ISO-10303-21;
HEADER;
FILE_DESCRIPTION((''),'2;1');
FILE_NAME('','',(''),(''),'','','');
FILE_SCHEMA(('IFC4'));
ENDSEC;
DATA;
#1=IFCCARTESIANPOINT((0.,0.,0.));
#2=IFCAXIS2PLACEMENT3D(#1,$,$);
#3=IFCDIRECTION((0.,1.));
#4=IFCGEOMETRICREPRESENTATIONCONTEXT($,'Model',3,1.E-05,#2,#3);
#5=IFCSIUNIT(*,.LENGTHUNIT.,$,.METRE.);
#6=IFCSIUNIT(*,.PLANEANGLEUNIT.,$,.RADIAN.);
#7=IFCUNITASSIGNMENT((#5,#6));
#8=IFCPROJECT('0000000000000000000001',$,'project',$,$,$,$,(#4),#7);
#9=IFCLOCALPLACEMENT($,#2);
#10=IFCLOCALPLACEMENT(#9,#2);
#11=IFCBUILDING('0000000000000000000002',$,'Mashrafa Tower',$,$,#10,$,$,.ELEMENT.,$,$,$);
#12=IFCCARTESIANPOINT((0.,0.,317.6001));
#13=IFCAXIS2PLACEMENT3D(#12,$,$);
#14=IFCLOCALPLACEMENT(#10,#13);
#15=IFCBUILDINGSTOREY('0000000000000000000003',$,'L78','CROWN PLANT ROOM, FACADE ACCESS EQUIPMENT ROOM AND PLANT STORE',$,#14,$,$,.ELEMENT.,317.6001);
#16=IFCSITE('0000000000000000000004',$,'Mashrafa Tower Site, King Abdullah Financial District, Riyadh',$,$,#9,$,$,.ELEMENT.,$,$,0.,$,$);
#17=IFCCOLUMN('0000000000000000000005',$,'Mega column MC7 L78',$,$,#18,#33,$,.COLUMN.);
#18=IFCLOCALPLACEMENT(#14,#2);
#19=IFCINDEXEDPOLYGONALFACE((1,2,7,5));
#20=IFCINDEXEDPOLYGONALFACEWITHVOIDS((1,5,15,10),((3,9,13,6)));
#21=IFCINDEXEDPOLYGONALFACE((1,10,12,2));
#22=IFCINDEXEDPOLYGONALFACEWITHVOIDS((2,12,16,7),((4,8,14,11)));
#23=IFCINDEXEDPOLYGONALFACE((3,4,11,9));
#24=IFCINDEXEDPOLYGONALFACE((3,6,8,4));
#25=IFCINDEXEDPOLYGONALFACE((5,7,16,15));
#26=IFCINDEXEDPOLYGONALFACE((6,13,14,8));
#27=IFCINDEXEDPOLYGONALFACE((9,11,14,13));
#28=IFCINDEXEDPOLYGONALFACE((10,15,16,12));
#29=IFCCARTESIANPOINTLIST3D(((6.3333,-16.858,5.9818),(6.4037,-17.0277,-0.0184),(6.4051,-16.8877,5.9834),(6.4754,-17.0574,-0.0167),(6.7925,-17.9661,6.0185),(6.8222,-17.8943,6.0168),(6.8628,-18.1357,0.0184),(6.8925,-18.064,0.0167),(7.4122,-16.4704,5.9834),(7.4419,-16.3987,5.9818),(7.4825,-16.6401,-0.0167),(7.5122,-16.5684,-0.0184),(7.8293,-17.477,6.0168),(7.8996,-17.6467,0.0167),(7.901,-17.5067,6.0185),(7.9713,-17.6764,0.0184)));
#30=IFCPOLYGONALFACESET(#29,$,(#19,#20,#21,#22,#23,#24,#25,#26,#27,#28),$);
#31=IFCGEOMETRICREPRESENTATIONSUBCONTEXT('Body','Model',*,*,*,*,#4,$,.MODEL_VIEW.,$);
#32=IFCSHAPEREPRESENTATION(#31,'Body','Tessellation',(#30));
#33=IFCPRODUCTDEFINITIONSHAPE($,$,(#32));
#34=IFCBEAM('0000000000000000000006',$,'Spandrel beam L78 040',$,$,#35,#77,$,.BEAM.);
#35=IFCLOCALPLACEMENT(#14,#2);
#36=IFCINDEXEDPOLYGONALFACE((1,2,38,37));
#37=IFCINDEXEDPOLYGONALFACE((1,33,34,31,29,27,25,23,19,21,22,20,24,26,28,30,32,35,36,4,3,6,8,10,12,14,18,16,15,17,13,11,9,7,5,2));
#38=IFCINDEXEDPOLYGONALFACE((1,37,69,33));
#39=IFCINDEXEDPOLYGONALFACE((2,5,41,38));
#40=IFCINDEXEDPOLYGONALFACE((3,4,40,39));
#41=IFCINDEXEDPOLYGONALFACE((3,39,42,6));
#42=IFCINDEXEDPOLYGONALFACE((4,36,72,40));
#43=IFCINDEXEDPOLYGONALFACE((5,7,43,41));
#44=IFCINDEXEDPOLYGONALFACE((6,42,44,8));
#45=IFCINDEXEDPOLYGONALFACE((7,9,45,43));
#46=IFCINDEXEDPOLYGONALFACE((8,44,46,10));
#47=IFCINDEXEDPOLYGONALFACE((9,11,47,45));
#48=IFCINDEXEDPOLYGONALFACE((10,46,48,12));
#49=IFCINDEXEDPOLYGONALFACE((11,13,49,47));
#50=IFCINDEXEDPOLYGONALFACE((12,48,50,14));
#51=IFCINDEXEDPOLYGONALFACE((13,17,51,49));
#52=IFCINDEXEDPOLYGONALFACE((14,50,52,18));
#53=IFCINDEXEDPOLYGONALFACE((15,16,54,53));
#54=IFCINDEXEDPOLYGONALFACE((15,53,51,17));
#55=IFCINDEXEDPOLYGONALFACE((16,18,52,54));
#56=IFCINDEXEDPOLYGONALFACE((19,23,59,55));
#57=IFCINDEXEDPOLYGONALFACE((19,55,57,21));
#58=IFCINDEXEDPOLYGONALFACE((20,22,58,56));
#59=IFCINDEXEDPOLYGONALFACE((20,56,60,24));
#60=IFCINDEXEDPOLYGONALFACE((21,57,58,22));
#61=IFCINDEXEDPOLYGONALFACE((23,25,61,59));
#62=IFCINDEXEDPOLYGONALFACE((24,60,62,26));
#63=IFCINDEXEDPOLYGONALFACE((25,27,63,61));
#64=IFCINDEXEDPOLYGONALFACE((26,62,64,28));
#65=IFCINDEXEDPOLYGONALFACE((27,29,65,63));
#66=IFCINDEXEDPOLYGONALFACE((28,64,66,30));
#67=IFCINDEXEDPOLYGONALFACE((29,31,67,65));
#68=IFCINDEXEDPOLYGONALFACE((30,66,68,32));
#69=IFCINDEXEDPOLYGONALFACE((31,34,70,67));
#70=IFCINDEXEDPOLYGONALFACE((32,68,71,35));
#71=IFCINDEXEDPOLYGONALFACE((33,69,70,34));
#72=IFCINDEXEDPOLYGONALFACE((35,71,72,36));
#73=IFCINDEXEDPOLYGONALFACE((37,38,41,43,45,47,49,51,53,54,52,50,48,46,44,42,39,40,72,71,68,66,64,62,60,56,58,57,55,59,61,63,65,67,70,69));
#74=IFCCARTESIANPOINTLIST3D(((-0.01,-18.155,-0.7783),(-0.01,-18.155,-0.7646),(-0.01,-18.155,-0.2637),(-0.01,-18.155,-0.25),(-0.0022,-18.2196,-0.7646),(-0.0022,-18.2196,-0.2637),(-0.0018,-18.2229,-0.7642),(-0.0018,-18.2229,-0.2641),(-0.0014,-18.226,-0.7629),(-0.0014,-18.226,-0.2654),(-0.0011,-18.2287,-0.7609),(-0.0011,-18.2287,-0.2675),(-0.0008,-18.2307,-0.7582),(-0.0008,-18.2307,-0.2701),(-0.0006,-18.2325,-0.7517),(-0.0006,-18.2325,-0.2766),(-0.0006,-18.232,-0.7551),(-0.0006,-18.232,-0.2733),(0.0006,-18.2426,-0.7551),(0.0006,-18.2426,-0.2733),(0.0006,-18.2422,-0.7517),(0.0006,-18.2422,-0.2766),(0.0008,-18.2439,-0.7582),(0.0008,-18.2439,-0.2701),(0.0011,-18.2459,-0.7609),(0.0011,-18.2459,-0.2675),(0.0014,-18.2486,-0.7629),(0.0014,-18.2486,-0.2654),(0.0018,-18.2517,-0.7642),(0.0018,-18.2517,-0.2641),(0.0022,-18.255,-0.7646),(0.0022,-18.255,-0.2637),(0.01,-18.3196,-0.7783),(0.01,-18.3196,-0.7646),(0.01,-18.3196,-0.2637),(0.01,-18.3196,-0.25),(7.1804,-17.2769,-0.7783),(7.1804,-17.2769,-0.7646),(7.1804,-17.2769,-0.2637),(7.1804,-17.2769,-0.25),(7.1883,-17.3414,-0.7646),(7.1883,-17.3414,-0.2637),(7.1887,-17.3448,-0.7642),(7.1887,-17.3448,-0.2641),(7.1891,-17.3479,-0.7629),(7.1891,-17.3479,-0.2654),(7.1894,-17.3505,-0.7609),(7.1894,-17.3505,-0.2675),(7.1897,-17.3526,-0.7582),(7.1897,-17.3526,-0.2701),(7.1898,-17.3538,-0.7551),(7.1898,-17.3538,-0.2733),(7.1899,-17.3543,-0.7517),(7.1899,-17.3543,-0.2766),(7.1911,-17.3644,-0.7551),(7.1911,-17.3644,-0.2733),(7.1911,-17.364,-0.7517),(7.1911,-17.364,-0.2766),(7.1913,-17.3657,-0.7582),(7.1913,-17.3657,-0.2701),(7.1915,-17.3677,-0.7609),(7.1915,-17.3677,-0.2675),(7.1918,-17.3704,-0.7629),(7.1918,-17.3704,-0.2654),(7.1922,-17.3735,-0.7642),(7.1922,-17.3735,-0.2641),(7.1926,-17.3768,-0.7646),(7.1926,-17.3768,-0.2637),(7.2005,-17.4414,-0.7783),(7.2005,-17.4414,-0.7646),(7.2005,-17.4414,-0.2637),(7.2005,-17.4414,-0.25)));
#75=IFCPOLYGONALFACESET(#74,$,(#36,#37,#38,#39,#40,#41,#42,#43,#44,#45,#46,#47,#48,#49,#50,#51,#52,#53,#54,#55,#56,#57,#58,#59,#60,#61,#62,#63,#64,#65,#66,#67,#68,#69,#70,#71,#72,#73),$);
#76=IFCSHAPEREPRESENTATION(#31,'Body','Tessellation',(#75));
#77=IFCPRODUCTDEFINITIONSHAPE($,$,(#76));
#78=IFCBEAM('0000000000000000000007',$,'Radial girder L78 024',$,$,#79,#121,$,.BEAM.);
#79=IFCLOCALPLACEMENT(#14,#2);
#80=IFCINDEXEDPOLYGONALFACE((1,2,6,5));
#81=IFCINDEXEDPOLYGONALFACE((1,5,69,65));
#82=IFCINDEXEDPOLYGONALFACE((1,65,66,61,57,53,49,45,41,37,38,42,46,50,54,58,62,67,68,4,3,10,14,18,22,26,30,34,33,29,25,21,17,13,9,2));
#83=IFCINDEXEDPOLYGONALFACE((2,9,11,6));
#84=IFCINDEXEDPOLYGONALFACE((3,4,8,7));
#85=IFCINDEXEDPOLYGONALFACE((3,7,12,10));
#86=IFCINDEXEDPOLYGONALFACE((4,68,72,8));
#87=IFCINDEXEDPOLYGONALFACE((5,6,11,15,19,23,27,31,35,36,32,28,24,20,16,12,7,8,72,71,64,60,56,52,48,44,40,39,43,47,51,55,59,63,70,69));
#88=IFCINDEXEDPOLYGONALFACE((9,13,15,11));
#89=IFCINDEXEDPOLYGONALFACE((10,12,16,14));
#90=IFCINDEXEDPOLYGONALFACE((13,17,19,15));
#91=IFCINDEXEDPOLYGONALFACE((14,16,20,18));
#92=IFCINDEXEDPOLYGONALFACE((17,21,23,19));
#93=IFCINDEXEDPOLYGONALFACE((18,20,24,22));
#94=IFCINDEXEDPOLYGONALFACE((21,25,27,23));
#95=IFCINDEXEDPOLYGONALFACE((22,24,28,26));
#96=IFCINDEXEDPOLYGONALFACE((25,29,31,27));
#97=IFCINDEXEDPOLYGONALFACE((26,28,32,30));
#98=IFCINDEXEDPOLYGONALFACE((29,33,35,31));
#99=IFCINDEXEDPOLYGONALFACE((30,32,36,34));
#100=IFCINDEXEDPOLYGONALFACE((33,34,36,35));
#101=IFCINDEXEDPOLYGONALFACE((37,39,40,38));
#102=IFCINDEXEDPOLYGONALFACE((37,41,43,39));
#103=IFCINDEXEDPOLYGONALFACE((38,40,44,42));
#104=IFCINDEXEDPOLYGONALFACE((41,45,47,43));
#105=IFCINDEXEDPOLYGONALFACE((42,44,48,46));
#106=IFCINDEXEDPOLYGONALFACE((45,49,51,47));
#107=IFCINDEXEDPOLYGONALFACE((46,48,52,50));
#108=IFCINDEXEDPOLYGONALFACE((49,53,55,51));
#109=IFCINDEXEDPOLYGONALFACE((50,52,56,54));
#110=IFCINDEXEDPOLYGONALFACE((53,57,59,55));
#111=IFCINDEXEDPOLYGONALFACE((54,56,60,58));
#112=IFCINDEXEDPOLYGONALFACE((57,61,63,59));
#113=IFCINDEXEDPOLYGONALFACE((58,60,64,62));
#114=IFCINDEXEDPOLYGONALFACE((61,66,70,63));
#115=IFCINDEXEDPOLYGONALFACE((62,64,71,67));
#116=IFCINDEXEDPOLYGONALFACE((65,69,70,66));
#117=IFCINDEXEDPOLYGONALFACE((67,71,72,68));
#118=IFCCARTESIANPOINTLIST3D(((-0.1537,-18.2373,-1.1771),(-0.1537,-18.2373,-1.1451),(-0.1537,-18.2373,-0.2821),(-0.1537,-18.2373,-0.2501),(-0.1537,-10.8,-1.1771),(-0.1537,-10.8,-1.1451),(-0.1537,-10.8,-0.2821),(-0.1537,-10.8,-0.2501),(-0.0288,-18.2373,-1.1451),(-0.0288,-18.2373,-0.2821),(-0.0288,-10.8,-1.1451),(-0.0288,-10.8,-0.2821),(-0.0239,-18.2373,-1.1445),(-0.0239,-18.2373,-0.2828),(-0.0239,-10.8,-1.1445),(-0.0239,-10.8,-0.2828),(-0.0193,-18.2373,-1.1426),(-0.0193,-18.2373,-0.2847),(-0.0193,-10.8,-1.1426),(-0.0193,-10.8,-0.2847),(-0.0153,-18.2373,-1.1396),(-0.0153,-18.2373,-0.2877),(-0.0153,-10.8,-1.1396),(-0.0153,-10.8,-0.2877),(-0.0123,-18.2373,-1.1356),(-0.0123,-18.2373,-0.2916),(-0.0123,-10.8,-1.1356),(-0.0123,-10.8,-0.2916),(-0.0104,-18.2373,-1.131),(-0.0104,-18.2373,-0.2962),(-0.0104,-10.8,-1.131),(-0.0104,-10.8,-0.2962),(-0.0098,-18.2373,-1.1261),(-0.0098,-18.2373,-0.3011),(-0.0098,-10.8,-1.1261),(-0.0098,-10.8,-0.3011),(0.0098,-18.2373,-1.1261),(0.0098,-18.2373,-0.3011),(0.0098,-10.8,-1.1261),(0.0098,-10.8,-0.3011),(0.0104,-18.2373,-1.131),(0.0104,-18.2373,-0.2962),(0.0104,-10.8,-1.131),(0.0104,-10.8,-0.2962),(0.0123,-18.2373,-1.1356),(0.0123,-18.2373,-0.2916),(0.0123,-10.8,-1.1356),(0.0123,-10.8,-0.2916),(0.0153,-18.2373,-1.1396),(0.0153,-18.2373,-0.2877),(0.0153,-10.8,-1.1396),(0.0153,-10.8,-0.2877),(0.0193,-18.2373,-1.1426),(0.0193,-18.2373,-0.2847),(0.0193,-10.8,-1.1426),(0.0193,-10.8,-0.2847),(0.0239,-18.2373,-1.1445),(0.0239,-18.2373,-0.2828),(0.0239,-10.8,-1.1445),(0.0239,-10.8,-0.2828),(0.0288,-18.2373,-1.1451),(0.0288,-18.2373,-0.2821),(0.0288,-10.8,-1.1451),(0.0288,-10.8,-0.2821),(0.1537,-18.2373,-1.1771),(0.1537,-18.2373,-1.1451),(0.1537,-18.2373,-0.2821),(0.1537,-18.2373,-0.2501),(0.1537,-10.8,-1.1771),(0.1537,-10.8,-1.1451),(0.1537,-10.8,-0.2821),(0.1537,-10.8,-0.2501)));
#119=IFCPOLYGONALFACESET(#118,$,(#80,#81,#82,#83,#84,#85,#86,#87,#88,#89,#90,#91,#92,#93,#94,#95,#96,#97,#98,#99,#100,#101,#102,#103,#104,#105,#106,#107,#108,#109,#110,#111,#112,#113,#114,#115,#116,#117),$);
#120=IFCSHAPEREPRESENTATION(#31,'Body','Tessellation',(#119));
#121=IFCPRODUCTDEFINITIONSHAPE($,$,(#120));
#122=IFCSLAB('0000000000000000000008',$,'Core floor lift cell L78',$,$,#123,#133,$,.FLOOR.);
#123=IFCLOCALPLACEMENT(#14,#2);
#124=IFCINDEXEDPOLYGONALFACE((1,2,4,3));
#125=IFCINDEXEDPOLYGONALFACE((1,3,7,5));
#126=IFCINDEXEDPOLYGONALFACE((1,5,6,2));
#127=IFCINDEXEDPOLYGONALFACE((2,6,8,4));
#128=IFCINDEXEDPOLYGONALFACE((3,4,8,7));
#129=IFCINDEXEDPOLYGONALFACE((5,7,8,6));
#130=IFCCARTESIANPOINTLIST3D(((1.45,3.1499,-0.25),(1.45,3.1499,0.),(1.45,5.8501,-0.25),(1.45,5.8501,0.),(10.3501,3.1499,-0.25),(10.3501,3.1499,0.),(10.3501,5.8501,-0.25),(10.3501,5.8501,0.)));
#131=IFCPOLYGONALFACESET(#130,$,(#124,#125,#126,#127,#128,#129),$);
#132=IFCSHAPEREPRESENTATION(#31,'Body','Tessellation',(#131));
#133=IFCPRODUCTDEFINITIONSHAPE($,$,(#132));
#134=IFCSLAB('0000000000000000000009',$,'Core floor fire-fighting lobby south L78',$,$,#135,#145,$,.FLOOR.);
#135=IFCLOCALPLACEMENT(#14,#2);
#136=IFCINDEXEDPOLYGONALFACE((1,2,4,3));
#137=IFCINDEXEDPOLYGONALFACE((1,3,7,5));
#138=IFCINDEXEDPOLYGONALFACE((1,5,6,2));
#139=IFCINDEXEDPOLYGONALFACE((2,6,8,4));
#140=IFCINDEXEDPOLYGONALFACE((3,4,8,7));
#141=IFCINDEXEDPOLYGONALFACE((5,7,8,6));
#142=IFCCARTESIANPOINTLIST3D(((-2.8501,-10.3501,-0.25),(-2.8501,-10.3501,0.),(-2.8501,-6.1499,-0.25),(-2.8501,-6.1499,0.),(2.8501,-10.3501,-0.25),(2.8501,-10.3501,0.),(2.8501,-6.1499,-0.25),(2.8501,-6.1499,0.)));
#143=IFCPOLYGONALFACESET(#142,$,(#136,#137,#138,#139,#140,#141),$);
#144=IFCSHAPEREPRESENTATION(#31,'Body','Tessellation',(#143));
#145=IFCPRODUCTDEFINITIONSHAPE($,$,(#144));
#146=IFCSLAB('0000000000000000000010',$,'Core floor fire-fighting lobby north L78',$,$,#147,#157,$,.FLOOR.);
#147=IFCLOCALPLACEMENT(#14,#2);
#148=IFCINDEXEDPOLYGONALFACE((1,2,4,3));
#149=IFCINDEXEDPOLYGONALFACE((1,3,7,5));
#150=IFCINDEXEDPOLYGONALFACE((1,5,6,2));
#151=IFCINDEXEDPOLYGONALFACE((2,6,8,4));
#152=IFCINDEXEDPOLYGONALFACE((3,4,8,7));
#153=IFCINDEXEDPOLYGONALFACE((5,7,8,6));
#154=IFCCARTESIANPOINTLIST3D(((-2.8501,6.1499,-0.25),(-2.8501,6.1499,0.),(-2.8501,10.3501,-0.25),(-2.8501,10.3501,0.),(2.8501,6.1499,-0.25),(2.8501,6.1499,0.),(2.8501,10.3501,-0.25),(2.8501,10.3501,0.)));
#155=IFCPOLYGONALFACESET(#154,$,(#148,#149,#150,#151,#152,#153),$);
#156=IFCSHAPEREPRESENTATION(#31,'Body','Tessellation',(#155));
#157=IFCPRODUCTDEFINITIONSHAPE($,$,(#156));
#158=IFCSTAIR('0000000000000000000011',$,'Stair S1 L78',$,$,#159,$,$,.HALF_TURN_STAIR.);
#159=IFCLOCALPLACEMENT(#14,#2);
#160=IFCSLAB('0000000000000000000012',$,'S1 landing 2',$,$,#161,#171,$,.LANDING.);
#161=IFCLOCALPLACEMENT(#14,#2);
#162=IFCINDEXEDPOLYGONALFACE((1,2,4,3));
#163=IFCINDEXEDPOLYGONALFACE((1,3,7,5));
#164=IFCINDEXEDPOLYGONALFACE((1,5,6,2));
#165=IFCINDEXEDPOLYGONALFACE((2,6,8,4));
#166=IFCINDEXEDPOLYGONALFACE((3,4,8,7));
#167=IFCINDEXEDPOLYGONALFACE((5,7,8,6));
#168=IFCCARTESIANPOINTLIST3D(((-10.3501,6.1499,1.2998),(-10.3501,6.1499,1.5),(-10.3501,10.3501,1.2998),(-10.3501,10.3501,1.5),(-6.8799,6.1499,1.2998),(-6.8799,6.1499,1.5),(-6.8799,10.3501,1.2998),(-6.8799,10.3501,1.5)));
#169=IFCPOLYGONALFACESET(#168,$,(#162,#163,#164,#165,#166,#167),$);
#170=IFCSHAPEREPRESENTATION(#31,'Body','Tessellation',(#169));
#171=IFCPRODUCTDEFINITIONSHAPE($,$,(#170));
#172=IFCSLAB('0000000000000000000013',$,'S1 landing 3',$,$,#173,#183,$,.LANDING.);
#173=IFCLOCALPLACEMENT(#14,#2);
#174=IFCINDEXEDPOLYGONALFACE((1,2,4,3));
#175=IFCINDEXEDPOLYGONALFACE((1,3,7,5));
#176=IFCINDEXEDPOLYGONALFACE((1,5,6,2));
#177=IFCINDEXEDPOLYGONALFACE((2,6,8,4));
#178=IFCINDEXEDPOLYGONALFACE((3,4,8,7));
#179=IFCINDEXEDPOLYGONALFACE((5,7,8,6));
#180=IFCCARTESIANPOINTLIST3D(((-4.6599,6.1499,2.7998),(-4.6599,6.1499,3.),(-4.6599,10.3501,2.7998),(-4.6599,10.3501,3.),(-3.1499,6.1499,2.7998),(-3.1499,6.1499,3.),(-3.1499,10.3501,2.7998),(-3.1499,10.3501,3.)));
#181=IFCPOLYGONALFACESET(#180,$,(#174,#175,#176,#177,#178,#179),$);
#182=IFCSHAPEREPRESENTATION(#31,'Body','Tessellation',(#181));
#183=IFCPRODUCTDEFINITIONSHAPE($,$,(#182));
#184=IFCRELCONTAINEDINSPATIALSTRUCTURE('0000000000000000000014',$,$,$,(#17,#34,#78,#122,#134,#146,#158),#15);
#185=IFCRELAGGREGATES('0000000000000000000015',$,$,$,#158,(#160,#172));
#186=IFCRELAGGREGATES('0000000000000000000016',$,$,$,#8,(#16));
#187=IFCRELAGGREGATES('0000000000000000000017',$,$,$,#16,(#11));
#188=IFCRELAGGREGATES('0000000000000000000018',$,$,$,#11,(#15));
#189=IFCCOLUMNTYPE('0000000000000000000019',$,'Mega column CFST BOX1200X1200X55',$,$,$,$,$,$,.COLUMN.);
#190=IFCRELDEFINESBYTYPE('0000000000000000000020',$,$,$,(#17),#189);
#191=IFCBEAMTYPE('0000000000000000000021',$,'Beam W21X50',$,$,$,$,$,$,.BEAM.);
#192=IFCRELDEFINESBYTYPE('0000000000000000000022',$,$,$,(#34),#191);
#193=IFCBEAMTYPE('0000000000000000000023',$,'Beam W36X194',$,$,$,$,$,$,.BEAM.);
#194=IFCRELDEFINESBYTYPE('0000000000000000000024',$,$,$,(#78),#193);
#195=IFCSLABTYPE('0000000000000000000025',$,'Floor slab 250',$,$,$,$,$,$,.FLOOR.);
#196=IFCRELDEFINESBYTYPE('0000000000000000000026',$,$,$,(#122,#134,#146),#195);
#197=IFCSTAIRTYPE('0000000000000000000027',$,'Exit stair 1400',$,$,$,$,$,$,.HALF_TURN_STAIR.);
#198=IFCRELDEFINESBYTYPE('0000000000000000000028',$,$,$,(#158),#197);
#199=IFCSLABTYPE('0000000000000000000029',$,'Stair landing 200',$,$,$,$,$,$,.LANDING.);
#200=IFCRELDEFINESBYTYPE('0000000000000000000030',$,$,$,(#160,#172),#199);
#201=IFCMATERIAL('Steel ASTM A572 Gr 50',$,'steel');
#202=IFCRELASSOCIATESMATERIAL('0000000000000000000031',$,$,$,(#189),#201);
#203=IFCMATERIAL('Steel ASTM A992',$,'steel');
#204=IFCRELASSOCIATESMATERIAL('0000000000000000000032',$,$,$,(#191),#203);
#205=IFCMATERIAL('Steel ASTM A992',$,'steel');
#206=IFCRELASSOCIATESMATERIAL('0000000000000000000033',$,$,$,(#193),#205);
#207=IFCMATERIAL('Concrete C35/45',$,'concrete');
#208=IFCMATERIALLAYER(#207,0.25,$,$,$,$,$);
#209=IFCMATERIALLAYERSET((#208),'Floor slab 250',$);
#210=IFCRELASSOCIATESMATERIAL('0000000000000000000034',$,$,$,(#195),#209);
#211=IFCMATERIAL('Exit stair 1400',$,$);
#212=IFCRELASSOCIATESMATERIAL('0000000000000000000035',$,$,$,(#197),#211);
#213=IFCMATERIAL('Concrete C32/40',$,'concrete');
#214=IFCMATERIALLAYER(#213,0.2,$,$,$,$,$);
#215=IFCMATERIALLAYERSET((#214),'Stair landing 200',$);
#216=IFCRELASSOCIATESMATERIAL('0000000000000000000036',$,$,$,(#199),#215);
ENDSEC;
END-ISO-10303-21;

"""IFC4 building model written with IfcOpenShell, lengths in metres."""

from ifc_helpers import new_model, si_unit, direction, frame, origin, origin_2d, place, context, subcontext, project, spatial, polyline, hollow_rectangle, i_section, outline, extrude, material, layer, layer_set, material_profile, profile_set, type_object, element, aggregate, save


model = new_model("IFC4")

# Units and contexts
model_context = context("Model", 3, precision=1e-05, world=origin(), true_north=direction((0.0, 1.0)))
body_context = subcontext(model_context, "Body", "Model", "MODEL_VIEW")
ifc_project = project(units=[si_unit("LENGTHUNIT", "METRE"), si_unit("PLANEANGLEUNIT", "RADIAN")], contexts=[model_context])

# Site, building, storey
site_placement = place(None, origin())
site = spatial("IfcSite", under=ifc_project, at=site_placement, Name="Mashrafa Tower Site, King Abdullah Financial District, Riyadh", CompositionType="ELEMENT", RefElevation=0.0)
building_placement = place(site_placement, origin())
building = spatial("IfcBuilding", under=site, at=building_placement, Name="Mashrafa Tower", CompositionType="ELEMENT")
storey_placement = place(building_placement, frame((0.0, 0.0, 317.6001)))
storey = spatial("IfcBuildingStorey", under=building, at=storey_placement, Name="L78", Description="CROWN PLANT ROOM, FACADE ACCESS EQUIPMENT ROOM AND PLANT STORE", CompositionType="ELEMENT", Elevation=317.6001)

# Column
ifc_material_1 = material(Name="Steel ASTM A572 Gr 50", Category="steel")
ifc_material_profile_1 = material_profile(ifc_material_1, hollow_rectangle(XDim=1.2, YDim=1.2, WallThickness=0.0549, at=origin_2d()), Name="BOX1200X1200X55")
ifc_profile_set_1 = profile_set([ifc_material_profile_1], Name="Steel ASTM A572 Gr 50")
column_type = type_object("IfcColumnType", Name="Mega column CFST BOX1200X1200X55", PredefinedType="COLUMN", material=ifc_profile_set_1)
column_placement = place(storey_placement, frame((7.1875, -17.3521, 0.0), z_axis=(-0.011713, 0.028266, 0.999532), x_axis=(-0.923822, -0.382821, 0.0)))
element("IfcColumn", 1, at=column_placement, inside=storey, type_object=column_type, Name="Mega column MC7 L78", PredefinedType="COLUMN", context=body_context, shape_type="SweptSolid", body=[
    extrude(hollow_rectangle(XDim=1.2, YDim=1.2, WallThickness=0.0549, at=origin_2d()), origin(), (0.0, 0.0, 1.0), 6.0029),
])

# Beams
ifc_material_2 = material(Name="Steel ASTM A992", Category="steel")
ifc_material_profile_2 = material_profile(ifc_material_2, i_section(OverallWidth=0.1658, OverallDepth=0.5283, WebThickness=0.0098, FlangeThickness=0.0137, FilletRadius=0.0129, at=origin_2d()), Name="W21X50")
ifc_profile_set_2 = profile_set([ifc_material_profile_2], Name="Steel ASTM A992")
beam_type_1 = type_object("IfcBeamType", Name="Beam W21X50", PredefinedType="BEAM", material=ifc_profile_set_2)
beam_1_placement = place(storey_placement, frame((0.0, -18.2373, -0.5142), z_axis=(0.992624, 0.12123, 0.0), x_axis=(-0.12123, 0.992624, 0.0)))
element("IfcBeam", 2, at=beam_1_placement, inside=storey, type_object=beam_type_1, Name="Spandrel beam L78 040", PredefinedType="BEAM", context=body_context, shape_type="SweptSolid", body=[
    extrude(i_section(OverallWidth=0.1658, OverallDepth=0.5283, WebThickness=0.0098, FlangeThickness=0.0137, FilletRadius=0.0129, at=origin_2d()), origin(), (0.0, 0.0, 1.0), 7.2439),
])
ifc_material_3 = material(Name="Steel ASTM A992", Category="steel")
ifc_material_profile_3 = material_profile(ifc_material_3, i_section(OverallWidth=0.3074, OverallDepth=0.927, WebThickness=0.0195, FlangeThickness=0.032, FilletRadius=0.019, at=origin_2d()), Name="W36X194")
ifc_profile_set_3 = profile_set([ifc_material_profile_3], Name="Steel ASTM A992")
beam_type_2 = type_object("IfcBeamType", Name="Beam W36X194", PredefinedType="BEAM", material=ifc_profile_set_3)
beam_2_placement = place(storey_placement, frame((0.0, -10.8, -0.7136), z_axis=(0.0, -1.0, 0.0), x_axis=(1.0, 0.0, 0.0)))
element("IfcBeam", 3, at=beam_2_placement, inside=storey, type_object=beam_type_2, Name="Radial girder L78 024", PredefinedType="BEAM", context=body_context, shape_type="SweptSolid", body=[
    extrude(i_section(OverallWidth=0.3074, OverallDepth=0.927, WebThickness=0.0195, FlangeThickness=0.032, FilletRadius=0.019, at=origin_2d()), origin(), (0.0, 0.0, 1.0), 7.4373),
])

# Slabs
ifc_material_4 = material(Name="Concrete C35/45", Category="concrete")
ifc_layer_1 = layer(ifc_material_4, 0.25)
ifc_layer_set_1 = layer_set([ifc_layer_1], Name="Floor slab 250")
slab_type_1 = type_object("IfcSlabType", Name="Floor slab 250", PredefinedType="FLOOR", material=ifc_layer_set_1)
slab_1_placement = place(storey_placement, frame((0.0, 0.0, -0.25)))
element("IfcSlab", 4, at=slab_1_placement, inside=storey, type_object=slab_type_1, Name="Core floor lift cell L78", PredefinedType="FLOOR", context=body_context, shape_type="SweptSolid", body=[
    extrude(outline(polyline([(1.45, 5.8501), (10.3501, 5.8501), (10.3501, 3.1499), (1.45, 3.1499), (1.45, 5.8501)])), origin(), (0.0, 0.0, 1.0), 0.25),
])
slab_2_placement = place(storey_placement, frame((0.0, 0.0, -0.25)))
element("IfcSlab", 5, at=slab_2_placement, inside=storey, type_object=slab_type_1, Name="Core floor fire-fighting lobby south L78", PredefinedType="FLOOR", context=body_context, shape_type="SweptSolid", body=[
    extrude(outline(polyline([(2.8501, -6.1499), (2.8501, -10.3501), (-2.8501, -10.3501), (-2.8501, -6.1499), (2.8501, -6.1499)])), origin(), (0.0, 0.0, 1.0), 0.25),
])
slab_3_placement = place(storey_placement, frame((0.0, 0.0, -0.25)))
element("IfcSlab", 6, at=slab_3_placement, inside=storey, type_object=slab_type_1, Name="Core floor fire-fighting lobby north L78", PredefinedType="FLOOR", context=body_context, shape_type="SweptSolid", body=[
    extrude(outline(polyline([(-2.8501, 10.3501), (2.8501, 10.3501), (2.8501, 6.1499), (-2.8501, 6.1499), (-2.8501, 10.3501)])), origin(), (0.0, 0.0, 1.0), 0.25),
])

# Stair, slabs
ifc_material_5 = material(Name="Exit stair 1400")
stair_type = type_object("IfcStairType", Name="Exit stair 1400", PredefinedType="HALF_TURN_STAIR", material=ifc_material_5)
stair_1_placement = place(storey_placement, origin())
stair_1 = element("IfcStair", 7, at=stair_1_placement, inside=storey, type_object=stair_type, Name="Stair S1 L78", PredefinedType="HALF_TURN_STAIR")
ifc_material_6 = material(Name="Concrete C32/40", Category="concrete")
ifc_layer_2 = layer(ifc_material_6, 0.2)
ifc_layer_set_2 = layer_set([ifc_layer_2], Name="Stair landing 200")
slab_type_2 = type_object("IfcSlabType", Name="Stair landing 200", PredefinedType="LANDING", material=ifc_layer_set_2)
slab_4_placement = place(storey_placement, frame((0.0, 0.0, 1.2998)))
slab_4 = element("IfcSlab", 8, at=slab_4_placement, type_object=slab_type_2, Name="S1 landing 2", PredefinedType="LANDING", context=body_context, shape_type="SweptSolid", body=[
    extrude(outline(polyline([(-10.3501, 6.1499), (-6.8799, 6.1499), (-6.8799, 10.3501), (-10.3501, 10.3501), (-10.3501, 6.1499)])), origin(), (0.0, 0.0, 1.0), 0.2002),
])
slab_5_placement = place(storey_placement, frame((0.0, 0.0, 2.7998)))
slab_5 = element("IfcSlab", 9, at=slab_5_placement, type_object=slab_type_2, Name="S1 landing 3", PredefinedType="LANDING", context=body_context, shape_type="SweptSolid", body=[
    extrude(outline(polyline([(-4.6599, 6.1499), (-3.1499, 6.1499), (-3.1499, 10.3501), (-4.6599, 10.3501), (-4.6599, 6.1499)])), origin(), (0.0, 0.0, 1.0), 0.2002),
])

aggregate(stair_1, [slab_4, slab_5])

save(model, "model.ifc")
